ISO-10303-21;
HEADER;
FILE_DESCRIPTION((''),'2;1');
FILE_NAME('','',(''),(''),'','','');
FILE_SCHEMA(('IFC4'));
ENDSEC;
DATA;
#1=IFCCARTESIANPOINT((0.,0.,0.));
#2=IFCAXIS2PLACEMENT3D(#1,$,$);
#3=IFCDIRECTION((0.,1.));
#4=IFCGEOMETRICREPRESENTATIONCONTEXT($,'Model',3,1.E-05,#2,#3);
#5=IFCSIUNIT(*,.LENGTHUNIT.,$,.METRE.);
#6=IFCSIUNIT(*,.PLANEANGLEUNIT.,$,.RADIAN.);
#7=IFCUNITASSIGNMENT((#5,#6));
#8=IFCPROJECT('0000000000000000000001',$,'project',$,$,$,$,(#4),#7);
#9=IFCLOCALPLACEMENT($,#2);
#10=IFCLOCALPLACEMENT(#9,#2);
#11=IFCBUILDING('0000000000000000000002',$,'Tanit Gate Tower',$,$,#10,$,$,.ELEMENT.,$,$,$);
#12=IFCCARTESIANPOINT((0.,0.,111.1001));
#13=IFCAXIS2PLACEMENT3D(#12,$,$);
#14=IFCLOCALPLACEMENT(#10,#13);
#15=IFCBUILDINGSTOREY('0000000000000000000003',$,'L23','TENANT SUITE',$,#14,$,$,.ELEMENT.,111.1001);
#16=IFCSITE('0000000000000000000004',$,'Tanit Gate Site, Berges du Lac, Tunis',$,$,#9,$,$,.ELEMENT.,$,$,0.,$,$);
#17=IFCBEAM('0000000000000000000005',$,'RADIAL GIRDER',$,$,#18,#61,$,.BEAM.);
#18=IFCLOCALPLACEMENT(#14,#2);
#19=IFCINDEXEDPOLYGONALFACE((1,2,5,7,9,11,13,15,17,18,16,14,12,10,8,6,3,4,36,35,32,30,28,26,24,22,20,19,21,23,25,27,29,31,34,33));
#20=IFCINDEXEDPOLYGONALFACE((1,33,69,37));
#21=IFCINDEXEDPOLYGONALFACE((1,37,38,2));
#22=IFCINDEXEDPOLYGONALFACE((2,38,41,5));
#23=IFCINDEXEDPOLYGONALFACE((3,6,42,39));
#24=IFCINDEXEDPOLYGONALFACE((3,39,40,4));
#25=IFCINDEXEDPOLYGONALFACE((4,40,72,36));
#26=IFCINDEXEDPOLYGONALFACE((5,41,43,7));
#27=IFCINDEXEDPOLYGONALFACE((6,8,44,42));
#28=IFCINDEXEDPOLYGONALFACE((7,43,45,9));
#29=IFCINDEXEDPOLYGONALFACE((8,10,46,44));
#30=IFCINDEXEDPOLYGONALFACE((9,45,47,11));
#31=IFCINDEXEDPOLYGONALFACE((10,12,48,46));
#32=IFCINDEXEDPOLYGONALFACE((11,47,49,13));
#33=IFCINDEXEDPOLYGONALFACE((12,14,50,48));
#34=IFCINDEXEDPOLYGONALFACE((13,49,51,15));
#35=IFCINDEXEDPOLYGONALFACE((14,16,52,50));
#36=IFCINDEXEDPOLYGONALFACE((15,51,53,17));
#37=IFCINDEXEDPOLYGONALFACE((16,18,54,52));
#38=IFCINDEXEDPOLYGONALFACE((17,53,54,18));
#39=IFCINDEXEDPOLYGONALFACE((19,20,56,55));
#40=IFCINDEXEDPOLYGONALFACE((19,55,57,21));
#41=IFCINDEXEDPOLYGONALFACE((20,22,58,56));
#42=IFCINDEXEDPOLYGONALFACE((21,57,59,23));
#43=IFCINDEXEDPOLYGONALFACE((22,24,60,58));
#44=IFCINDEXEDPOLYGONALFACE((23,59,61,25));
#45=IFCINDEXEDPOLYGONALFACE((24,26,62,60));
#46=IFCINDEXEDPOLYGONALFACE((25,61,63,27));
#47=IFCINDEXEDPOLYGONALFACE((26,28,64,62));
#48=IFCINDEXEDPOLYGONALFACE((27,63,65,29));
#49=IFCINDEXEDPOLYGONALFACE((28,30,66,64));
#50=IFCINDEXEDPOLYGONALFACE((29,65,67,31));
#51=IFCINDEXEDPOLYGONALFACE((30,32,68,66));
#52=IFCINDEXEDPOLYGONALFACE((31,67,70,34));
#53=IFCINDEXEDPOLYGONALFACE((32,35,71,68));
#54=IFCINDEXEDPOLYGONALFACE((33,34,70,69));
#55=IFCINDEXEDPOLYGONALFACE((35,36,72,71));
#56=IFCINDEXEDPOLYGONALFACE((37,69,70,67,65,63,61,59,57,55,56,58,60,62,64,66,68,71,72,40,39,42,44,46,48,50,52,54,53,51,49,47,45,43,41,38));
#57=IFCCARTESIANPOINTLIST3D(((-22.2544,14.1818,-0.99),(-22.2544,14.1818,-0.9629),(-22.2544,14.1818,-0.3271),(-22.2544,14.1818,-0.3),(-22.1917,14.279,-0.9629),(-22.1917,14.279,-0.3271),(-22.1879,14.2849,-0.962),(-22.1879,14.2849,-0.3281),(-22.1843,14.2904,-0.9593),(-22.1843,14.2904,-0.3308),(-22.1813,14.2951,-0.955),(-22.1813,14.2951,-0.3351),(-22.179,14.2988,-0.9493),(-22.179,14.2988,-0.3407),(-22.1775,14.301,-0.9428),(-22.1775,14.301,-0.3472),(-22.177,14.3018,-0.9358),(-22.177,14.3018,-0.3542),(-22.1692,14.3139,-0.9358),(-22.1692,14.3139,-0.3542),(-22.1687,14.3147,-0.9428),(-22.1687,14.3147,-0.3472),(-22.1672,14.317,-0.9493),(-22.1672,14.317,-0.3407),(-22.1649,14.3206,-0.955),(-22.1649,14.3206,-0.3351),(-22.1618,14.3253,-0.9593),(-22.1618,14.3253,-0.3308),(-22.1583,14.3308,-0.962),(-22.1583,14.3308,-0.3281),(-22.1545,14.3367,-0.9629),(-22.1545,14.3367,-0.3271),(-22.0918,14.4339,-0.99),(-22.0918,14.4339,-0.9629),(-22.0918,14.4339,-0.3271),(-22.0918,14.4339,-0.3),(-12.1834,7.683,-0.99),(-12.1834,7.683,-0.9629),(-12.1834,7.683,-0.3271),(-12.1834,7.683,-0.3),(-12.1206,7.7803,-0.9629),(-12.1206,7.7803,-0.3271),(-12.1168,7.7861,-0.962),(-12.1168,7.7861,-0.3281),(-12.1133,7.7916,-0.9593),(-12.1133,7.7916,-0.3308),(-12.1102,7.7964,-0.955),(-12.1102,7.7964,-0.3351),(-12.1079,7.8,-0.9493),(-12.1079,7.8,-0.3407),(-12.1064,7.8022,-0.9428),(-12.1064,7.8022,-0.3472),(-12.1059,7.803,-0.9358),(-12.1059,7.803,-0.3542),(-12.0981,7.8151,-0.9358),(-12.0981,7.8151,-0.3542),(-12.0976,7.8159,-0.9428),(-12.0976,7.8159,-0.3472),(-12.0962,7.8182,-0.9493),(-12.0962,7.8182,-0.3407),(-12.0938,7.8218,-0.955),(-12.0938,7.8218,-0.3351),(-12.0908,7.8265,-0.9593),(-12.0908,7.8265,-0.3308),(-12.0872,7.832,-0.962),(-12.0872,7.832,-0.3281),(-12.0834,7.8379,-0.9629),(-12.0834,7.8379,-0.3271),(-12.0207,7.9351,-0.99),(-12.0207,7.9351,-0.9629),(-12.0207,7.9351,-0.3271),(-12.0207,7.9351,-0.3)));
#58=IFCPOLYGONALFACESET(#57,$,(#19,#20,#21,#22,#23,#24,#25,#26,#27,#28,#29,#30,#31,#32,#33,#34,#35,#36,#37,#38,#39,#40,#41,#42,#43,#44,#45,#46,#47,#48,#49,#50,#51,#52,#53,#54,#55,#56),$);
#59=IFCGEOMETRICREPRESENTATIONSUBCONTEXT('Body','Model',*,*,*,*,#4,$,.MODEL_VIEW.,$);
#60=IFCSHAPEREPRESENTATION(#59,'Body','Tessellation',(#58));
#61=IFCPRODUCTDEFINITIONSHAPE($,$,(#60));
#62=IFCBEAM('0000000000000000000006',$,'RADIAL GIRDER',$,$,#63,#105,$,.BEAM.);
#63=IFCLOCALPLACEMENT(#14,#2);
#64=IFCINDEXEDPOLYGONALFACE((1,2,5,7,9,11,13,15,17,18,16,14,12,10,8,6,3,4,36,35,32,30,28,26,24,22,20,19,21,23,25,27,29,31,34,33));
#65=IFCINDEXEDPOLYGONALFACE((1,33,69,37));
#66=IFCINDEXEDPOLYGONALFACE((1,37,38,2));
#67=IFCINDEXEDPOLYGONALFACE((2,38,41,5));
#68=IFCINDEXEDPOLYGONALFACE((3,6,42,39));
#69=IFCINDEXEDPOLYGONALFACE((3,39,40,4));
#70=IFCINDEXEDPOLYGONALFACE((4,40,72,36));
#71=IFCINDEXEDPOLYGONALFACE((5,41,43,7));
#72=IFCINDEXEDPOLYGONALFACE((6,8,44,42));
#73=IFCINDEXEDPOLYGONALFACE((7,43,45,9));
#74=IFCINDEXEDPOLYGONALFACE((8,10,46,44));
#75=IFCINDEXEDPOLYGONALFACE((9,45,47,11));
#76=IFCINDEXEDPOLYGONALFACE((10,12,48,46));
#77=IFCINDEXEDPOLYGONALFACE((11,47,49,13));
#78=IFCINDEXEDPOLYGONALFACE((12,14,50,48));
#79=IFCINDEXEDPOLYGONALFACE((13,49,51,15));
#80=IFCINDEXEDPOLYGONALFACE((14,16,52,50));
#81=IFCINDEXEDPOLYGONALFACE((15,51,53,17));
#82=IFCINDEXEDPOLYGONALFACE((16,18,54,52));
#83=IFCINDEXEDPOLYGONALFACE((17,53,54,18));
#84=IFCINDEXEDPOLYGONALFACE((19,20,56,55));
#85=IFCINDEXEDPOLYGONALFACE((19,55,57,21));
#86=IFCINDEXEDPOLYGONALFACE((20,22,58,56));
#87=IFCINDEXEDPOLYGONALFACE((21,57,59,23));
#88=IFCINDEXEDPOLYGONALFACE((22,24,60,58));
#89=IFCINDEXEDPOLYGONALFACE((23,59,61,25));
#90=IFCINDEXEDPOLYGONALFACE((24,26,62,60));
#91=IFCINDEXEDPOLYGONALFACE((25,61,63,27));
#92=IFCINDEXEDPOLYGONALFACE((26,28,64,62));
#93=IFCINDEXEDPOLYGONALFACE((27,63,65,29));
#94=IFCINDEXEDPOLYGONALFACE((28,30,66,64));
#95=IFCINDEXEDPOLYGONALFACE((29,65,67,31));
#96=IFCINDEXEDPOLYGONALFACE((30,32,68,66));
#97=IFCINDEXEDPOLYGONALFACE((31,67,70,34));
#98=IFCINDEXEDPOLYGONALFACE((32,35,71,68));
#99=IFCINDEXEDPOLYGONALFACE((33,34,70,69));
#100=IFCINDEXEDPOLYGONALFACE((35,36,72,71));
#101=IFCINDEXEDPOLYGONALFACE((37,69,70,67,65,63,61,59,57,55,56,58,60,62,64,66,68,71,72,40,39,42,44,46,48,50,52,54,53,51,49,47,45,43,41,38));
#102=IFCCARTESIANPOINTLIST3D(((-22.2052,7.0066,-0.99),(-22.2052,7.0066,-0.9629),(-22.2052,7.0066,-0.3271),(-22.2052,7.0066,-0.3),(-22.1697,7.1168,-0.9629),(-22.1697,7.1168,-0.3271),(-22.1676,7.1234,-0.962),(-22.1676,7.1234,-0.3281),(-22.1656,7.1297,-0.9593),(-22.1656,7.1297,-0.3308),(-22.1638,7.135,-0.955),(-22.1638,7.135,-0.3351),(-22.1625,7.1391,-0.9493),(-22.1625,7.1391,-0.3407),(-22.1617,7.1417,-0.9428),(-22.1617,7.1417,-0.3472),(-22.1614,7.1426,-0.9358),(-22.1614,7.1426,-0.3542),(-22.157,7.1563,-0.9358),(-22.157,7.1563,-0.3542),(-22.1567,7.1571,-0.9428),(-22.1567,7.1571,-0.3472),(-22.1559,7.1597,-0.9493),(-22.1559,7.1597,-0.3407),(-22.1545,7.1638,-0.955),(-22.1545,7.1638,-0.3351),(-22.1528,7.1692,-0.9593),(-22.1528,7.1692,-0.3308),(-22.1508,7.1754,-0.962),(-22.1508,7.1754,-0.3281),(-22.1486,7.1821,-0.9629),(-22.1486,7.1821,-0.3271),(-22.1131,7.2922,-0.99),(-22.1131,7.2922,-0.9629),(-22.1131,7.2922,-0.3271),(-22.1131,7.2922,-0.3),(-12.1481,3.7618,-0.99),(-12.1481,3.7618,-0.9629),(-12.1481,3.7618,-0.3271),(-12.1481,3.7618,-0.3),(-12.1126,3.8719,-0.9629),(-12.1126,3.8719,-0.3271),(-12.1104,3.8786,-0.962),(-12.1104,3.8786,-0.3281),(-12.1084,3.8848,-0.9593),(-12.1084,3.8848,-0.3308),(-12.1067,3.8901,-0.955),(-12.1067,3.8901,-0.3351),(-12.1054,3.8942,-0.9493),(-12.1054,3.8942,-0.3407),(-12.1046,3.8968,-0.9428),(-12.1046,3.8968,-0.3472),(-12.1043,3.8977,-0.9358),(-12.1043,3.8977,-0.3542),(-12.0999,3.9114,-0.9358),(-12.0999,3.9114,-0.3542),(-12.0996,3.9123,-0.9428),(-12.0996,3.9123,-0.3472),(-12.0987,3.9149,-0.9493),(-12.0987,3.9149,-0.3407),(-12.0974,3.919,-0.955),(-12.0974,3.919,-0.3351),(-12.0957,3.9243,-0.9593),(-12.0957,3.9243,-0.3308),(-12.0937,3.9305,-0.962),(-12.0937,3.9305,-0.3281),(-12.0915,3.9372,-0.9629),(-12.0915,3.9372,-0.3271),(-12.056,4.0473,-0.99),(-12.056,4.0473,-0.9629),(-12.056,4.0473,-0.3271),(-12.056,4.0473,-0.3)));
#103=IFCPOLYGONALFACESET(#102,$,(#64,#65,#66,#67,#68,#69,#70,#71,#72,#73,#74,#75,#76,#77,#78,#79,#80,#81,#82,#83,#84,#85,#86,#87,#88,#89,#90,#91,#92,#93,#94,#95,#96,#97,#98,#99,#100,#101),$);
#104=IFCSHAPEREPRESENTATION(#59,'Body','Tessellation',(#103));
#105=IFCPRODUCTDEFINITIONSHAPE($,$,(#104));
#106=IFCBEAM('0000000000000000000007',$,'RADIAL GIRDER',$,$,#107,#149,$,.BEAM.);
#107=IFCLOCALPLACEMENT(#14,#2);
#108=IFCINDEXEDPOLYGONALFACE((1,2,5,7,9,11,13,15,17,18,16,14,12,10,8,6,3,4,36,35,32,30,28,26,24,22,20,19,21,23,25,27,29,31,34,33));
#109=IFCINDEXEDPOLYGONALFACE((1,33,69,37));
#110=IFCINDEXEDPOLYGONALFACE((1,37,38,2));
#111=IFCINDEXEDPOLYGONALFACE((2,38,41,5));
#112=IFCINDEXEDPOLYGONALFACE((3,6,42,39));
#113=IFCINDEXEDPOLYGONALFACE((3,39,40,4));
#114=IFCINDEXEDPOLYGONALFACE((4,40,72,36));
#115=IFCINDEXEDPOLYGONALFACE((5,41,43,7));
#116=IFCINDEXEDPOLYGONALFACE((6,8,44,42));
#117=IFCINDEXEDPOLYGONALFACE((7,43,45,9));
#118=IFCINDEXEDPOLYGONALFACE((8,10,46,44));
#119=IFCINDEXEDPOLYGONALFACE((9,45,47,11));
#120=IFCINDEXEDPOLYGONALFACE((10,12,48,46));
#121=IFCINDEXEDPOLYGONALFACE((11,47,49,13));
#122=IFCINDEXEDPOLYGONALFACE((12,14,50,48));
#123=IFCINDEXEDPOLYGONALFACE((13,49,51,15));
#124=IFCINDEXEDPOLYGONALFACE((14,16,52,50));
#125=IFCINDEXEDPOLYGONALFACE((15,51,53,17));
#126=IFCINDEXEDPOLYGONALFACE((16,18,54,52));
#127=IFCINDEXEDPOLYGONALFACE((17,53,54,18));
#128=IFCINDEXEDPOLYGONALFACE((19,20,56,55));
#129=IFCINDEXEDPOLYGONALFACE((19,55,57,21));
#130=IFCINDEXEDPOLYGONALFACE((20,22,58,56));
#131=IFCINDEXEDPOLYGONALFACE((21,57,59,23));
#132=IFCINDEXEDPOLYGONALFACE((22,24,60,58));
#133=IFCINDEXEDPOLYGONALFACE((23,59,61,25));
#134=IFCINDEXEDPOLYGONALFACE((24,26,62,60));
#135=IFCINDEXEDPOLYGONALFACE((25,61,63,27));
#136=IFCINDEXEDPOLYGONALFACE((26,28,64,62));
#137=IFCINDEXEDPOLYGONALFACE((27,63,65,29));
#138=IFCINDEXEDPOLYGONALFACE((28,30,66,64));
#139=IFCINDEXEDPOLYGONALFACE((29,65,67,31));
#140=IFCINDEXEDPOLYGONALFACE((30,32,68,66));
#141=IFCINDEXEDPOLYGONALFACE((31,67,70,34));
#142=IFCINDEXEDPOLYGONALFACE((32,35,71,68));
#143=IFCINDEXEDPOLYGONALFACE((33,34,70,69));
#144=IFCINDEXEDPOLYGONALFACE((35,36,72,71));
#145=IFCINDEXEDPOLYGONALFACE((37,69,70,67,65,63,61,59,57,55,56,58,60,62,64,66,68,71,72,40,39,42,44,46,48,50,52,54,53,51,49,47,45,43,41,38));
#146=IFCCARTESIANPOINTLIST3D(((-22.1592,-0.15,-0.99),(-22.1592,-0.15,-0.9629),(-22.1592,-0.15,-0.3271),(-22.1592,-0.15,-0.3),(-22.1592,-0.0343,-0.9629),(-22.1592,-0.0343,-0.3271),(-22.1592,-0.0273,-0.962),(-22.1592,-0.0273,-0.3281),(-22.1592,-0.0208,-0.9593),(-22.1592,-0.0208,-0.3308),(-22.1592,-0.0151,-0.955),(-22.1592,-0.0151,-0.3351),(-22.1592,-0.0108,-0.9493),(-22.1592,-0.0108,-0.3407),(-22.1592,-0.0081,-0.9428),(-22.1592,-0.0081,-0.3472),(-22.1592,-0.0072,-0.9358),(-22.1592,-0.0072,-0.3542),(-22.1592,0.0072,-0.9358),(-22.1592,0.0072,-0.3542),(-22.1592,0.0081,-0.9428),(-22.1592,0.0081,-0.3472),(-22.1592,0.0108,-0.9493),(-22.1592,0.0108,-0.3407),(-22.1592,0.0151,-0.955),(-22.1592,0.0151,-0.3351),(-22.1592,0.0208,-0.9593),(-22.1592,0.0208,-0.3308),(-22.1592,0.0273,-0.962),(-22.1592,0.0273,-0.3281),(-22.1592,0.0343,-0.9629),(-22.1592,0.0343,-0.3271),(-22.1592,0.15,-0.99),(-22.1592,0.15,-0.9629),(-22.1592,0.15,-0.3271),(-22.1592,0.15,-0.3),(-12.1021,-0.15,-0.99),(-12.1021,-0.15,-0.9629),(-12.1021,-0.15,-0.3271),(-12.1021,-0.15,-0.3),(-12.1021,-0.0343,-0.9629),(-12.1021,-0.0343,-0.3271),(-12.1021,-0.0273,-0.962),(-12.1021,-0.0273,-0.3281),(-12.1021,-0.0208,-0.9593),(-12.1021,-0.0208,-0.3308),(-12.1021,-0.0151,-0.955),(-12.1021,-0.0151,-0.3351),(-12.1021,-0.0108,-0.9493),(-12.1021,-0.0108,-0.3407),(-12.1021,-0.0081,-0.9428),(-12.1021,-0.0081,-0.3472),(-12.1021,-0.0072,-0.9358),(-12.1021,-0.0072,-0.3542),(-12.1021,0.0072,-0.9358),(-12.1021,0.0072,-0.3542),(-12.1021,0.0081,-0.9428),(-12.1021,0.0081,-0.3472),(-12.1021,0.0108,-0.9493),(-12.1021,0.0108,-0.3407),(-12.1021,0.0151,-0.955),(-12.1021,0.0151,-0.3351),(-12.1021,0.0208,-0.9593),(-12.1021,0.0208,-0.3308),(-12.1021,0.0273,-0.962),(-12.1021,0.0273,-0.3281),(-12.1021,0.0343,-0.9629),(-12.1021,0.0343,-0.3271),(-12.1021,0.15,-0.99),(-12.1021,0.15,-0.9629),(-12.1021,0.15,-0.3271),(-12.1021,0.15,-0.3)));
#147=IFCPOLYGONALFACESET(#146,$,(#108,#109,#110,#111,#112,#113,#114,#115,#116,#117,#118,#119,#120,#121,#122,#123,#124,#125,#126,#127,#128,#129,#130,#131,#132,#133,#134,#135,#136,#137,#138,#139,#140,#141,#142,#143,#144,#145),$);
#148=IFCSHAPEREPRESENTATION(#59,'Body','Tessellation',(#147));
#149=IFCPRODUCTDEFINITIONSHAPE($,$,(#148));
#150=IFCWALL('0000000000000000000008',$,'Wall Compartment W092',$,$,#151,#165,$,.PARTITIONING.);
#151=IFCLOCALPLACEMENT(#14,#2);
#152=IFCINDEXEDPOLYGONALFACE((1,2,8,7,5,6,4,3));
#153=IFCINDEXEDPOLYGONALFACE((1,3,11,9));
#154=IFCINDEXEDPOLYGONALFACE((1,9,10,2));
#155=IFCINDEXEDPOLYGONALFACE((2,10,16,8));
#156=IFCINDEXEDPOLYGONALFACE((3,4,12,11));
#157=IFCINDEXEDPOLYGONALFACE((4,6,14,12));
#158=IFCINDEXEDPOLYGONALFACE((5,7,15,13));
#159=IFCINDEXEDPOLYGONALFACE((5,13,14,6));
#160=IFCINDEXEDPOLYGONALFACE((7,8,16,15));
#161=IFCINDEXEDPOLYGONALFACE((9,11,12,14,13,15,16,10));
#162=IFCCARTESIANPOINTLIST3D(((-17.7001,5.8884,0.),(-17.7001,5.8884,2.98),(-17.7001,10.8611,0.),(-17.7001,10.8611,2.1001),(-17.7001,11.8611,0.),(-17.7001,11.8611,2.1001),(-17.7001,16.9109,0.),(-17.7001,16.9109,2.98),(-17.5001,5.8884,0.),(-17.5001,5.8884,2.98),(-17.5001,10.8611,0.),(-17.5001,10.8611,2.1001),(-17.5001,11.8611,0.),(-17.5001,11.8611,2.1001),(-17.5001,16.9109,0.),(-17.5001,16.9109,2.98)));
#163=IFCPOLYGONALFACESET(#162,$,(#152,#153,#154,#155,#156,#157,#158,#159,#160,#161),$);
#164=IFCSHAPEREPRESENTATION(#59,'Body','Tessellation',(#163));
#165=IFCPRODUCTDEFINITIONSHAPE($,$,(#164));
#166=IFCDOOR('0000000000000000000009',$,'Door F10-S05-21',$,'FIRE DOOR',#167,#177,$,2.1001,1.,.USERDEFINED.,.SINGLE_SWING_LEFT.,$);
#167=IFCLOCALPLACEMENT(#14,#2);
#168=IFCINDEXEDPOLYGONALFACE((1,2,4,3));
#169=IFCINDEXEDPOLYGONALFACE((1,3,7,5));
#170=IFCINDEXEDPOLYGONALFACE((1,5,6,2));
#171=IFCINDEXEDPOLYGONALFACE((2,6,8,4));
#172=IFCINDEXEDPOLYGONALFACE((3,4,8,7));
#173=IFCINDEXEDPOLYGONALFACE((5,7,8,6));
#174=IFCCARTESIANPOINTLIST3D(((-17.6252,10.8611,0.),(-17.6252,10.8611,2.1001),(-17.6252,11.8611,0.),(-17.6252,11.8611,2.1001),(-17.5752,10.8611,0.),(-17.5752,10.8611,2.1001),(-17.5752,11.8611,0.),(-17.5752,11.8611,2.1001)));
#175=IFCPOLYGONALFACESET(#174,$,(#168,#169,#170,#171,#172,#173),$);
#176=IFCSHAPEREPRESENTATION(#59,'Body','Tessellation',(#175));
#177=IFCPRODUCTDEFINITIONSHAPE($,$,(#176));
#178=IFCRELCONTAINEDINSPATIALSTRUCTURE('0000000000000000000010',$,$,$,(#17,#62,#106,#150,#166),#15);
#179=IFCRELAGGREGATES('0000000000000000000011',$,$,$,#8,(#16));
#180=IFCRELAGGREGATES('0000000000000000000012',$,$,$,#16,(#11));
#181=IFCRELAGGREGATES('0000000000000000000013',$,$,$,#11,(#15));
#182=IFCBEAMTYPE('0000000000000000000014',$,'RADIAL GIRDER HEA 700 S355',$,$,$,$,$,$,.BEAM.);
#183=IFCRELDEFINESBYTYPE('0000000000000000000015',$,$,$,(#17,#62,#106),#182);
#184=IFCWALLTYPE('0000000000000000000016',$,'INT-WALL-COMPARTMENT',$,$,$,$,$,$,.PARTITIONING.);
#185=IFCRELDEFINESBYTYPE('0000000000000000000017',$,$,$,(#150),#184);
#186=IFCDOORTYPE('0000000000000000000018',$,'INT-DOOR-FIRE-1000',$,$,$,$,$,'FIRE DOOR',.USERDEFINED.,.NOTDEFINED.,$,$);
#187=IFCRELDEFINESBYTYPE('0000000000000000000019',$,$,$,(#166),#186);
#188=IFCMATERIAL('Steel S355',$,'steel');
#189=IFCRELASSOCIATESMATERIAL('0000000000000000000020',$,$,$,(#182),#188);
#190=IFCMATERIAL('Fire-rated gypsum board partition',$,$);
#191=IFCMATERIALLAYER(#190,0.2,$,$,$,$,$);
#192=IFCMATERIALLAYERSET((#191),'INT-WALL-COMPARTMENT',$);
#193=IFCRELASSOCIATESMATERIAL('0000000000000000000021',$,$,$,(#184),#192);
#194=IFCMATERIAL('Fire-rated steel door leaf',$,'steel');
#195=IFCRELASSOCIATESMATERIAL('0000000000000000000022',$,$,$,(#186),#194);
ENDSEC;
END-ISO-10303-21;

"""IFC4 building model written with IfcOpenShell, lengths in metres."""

from ifc_helpers import new_model, si_unit, direction, frame, frame_2d, origin, origin_2d, place, context, subcontext, project, spatial, rectangle, i_section, extrude, material, layer, layer_set, material_profile, profile_set, type_object, element, fill, save


model = new_model("IFC4")

# Units and contexts
model_context = context("Model", 3, precision=1e-05, world=origin(), true_north=direction((0.0, 1.0)))
body_context = subcontext(model_context, "Body", "Model", "MODEL_VIEW")
ifc_project = project(units=[si_unit("LENGTHUNIT", "METRE"), si_unit("PLANEANGLEUNIT", "RADIAN")], contexts=[model_context])

# Site, building, storey
site_placement = place(None, origin())
site = spatial("IfcSite", under=ifc_project, at=site_placement, Name="Tanit Gate Site, Berges du Lac, Tunis", CompositionType="ELEMENT", RefElevation=0.0)
building_placement = place(site_placement, origin())
building = spatial("IfcBuilding", under=site, at=building_placement, Name="Tanit Gate Tower", CompositionType="ELEMENT")
storey_placement = place(building_placement, frame((0.0, 0.0, 111.1001)))
storey = spatial("IfcBuildingStorey", under=building, at=storey_placement, Name="L23", Description="TENANT SUITE", CompositionType="ELEMENT", Elevation=111.1001)

# Beams
ifc_material_1 = material(Name="Steel S355", Category="steel")
ifc_material_profile = material_profile(ifc_material_1, i_section(OverallWidth=0.3, OverallDepth=0.6899, WebThickness=0.0144, FlangeThickness=0.0271, FilletRadius=0.0271, at=origin_2d()), Name="HEA 700")
ifc_profile_set = profile_set([ifc_material_profile], Name="Steel S355")
beam_type = type_object("IfcBeamType", Name="RADIAL GIRDER HEA 700 S355", PredefinedType="BEAM", material=ifc_profile_set)
beam_1_placement = place(storey_placement, frame((-22.1731, 14.3079, -0.645), z_axis=(0.840246, -0.542205, 0.0), x_axis=(0.542205, 0.840246, 0.0)))
element("IfcBeam", 1, at=beam_1_placement, inside=storey, type_object=beam_type, Name="RADIAL GIRDER", PredefinedType="BEAM", context=body_context, shape_type="SweptSolid", body=[
    extrude(i_section(OverallWidth=0.3, OverallDepth=0.6899, WebThickness=0.0144, FlangeThickness=0.0271, FilletRadius=0.0271, at=origin_2d()), origin(), (0.0, 0.0, 1.0), 11.9858),
])
beam_2_placement = place(storey_placement, frame((-22.1592, 7.1494, -0.645), z_axis=(0.951691, -0.307057, 0.0), x_axis=(0.307057, 0.951691, 0.0)))
element("IfcBeam", 2, at=beam_2_placement, inside=storey, type_object=beam_type, Name="RADIAL GIRDER", PredefinedType="BEAM", context=body_context, shape_type="SweptSolid", body=[
    extrude(i_section(OverallWidth=0.3, OverallDepth=0.6899, WebThickness=0.0144, FlangeThickness=0.0271, FilletRadius=0.0271, at=origin_2d()), origin(), (0.0, 0.0, 1.0), 10.5676),
])
beam_3_placement = place(storey_placement, frame((-22.1592, 0.0, -0.645), z_axis=(1.0, 0.0, 0.0), x_axis=(0.0, 1.0, 0.0)))
element("IfcBeam", 3, at=beam_3_placement, inside=storey, type_object=beam_type, Name="RADIAL GIRDER", PredefinedType="BEAM", context=body_context, shape_type="SweptSolid", body=[
    extrude(i_section(OverallWidth=0.3, OverallDepth=0.6899, WebThickness=0.0144, FlangeThickness=0.0271, FilletRadius=0.0271, at=origin_2d()), origin(), (0.0, 0.0, 1.0), 10.0571),
])

# Wall, opening, door
ifc_material_2 = material(Name="Fire-rated gypsum board partition")
ifc_layer_1 = layer(ifc_material_2, 0.2)
ifc_layer_set_1 = layer_set([ifc_layer_1], Name="INT-WALL-COMPARTMENT")
wall_type_1 = type_object("IfcWallType", Name="INT-WALL-COMPARTMENT", PredefinedType="PARTITIONING", material=ifc_layer_set_1)
wall_1_placement = place(storey_placement, frame((-17.6001, 16.9109, 0.0), z_axis=(0.0, 0.0, 1.0), x_axis=(0.0, -1.0, 0.0)))
wall_1 = element("IfcWall", 4, at=wall_1_placement, inside=storey, type_object=wall_type_1, Name="Wall Compartment W092", PredefinedType="PARTITIONING", context=body_context, shape_type="SweptSolid", body=[
    extrude(rectangle(XDim=11.0225, YDim=0.2, at=frame_2d((5.5112, 0.0))), origin(), (0.0, 0.0, 1.0), 2.98),
])
opening_1_placement = place(wall_1_placement, frame((5.0498, 0.0, 0.0)))
opening_1 = element("IfcOpeningElement", 5, at=opening_1_placement, cuts=wall_1, PredefinedType="OPENING", context=body_context, shape_type="SweptSolid", body=[
    extrude(rectangle(XDim=1.0, YDim=2.1001, at=frame_2d((0.5, 1.05))), frame((0.0, 0.1099, 0.0), z_axis=(0.0, -1.0, 0.0), x_axis=(1.0, 0.0, 0.0)), (0.0, 0.0, 1.0), 0.22),
])
ifc_material_3 = material(Name="Fire-rated steel door leaf", Category="steel")
door_type_1 = type_object("IfcDoorType", Name="INT-DOOR-FIRE-1000", ElementType="FIRE DOOR", OperationType="NOTDEFINED", PredefinedType="USERDEFINED", material=ifc_material_3)
door_1_placement = place(opening_1_placement, origin())
door_1 = element("IfcDoor", 6, at=door_1_placement, inside=storey, type_object=door_type_1, Name="Door F10-S05-21", ObjectType="FIRE DOOR", OperationType="SINGLE_SWING_LEFT", OverallHeight=2.1001, OverallWidth=1.0, PredefinedType="USERDEFINED", context=body_context, shape_type="SweptSolid", body=[
    extrude(rectangle(XDim=1.0, YDim=2.1001, at=frame_2d((0.5, 1.05))), frame((0.0, 0.0249, 0.0), z_axis=(0.0, -1.0, 0.0), x_axis=(1.0, 0.0, 0.0)), (0.0, 0.0, 1.0), 0.05),
])
fill(opening_1, door_1)

save(model, "model.ifc")
